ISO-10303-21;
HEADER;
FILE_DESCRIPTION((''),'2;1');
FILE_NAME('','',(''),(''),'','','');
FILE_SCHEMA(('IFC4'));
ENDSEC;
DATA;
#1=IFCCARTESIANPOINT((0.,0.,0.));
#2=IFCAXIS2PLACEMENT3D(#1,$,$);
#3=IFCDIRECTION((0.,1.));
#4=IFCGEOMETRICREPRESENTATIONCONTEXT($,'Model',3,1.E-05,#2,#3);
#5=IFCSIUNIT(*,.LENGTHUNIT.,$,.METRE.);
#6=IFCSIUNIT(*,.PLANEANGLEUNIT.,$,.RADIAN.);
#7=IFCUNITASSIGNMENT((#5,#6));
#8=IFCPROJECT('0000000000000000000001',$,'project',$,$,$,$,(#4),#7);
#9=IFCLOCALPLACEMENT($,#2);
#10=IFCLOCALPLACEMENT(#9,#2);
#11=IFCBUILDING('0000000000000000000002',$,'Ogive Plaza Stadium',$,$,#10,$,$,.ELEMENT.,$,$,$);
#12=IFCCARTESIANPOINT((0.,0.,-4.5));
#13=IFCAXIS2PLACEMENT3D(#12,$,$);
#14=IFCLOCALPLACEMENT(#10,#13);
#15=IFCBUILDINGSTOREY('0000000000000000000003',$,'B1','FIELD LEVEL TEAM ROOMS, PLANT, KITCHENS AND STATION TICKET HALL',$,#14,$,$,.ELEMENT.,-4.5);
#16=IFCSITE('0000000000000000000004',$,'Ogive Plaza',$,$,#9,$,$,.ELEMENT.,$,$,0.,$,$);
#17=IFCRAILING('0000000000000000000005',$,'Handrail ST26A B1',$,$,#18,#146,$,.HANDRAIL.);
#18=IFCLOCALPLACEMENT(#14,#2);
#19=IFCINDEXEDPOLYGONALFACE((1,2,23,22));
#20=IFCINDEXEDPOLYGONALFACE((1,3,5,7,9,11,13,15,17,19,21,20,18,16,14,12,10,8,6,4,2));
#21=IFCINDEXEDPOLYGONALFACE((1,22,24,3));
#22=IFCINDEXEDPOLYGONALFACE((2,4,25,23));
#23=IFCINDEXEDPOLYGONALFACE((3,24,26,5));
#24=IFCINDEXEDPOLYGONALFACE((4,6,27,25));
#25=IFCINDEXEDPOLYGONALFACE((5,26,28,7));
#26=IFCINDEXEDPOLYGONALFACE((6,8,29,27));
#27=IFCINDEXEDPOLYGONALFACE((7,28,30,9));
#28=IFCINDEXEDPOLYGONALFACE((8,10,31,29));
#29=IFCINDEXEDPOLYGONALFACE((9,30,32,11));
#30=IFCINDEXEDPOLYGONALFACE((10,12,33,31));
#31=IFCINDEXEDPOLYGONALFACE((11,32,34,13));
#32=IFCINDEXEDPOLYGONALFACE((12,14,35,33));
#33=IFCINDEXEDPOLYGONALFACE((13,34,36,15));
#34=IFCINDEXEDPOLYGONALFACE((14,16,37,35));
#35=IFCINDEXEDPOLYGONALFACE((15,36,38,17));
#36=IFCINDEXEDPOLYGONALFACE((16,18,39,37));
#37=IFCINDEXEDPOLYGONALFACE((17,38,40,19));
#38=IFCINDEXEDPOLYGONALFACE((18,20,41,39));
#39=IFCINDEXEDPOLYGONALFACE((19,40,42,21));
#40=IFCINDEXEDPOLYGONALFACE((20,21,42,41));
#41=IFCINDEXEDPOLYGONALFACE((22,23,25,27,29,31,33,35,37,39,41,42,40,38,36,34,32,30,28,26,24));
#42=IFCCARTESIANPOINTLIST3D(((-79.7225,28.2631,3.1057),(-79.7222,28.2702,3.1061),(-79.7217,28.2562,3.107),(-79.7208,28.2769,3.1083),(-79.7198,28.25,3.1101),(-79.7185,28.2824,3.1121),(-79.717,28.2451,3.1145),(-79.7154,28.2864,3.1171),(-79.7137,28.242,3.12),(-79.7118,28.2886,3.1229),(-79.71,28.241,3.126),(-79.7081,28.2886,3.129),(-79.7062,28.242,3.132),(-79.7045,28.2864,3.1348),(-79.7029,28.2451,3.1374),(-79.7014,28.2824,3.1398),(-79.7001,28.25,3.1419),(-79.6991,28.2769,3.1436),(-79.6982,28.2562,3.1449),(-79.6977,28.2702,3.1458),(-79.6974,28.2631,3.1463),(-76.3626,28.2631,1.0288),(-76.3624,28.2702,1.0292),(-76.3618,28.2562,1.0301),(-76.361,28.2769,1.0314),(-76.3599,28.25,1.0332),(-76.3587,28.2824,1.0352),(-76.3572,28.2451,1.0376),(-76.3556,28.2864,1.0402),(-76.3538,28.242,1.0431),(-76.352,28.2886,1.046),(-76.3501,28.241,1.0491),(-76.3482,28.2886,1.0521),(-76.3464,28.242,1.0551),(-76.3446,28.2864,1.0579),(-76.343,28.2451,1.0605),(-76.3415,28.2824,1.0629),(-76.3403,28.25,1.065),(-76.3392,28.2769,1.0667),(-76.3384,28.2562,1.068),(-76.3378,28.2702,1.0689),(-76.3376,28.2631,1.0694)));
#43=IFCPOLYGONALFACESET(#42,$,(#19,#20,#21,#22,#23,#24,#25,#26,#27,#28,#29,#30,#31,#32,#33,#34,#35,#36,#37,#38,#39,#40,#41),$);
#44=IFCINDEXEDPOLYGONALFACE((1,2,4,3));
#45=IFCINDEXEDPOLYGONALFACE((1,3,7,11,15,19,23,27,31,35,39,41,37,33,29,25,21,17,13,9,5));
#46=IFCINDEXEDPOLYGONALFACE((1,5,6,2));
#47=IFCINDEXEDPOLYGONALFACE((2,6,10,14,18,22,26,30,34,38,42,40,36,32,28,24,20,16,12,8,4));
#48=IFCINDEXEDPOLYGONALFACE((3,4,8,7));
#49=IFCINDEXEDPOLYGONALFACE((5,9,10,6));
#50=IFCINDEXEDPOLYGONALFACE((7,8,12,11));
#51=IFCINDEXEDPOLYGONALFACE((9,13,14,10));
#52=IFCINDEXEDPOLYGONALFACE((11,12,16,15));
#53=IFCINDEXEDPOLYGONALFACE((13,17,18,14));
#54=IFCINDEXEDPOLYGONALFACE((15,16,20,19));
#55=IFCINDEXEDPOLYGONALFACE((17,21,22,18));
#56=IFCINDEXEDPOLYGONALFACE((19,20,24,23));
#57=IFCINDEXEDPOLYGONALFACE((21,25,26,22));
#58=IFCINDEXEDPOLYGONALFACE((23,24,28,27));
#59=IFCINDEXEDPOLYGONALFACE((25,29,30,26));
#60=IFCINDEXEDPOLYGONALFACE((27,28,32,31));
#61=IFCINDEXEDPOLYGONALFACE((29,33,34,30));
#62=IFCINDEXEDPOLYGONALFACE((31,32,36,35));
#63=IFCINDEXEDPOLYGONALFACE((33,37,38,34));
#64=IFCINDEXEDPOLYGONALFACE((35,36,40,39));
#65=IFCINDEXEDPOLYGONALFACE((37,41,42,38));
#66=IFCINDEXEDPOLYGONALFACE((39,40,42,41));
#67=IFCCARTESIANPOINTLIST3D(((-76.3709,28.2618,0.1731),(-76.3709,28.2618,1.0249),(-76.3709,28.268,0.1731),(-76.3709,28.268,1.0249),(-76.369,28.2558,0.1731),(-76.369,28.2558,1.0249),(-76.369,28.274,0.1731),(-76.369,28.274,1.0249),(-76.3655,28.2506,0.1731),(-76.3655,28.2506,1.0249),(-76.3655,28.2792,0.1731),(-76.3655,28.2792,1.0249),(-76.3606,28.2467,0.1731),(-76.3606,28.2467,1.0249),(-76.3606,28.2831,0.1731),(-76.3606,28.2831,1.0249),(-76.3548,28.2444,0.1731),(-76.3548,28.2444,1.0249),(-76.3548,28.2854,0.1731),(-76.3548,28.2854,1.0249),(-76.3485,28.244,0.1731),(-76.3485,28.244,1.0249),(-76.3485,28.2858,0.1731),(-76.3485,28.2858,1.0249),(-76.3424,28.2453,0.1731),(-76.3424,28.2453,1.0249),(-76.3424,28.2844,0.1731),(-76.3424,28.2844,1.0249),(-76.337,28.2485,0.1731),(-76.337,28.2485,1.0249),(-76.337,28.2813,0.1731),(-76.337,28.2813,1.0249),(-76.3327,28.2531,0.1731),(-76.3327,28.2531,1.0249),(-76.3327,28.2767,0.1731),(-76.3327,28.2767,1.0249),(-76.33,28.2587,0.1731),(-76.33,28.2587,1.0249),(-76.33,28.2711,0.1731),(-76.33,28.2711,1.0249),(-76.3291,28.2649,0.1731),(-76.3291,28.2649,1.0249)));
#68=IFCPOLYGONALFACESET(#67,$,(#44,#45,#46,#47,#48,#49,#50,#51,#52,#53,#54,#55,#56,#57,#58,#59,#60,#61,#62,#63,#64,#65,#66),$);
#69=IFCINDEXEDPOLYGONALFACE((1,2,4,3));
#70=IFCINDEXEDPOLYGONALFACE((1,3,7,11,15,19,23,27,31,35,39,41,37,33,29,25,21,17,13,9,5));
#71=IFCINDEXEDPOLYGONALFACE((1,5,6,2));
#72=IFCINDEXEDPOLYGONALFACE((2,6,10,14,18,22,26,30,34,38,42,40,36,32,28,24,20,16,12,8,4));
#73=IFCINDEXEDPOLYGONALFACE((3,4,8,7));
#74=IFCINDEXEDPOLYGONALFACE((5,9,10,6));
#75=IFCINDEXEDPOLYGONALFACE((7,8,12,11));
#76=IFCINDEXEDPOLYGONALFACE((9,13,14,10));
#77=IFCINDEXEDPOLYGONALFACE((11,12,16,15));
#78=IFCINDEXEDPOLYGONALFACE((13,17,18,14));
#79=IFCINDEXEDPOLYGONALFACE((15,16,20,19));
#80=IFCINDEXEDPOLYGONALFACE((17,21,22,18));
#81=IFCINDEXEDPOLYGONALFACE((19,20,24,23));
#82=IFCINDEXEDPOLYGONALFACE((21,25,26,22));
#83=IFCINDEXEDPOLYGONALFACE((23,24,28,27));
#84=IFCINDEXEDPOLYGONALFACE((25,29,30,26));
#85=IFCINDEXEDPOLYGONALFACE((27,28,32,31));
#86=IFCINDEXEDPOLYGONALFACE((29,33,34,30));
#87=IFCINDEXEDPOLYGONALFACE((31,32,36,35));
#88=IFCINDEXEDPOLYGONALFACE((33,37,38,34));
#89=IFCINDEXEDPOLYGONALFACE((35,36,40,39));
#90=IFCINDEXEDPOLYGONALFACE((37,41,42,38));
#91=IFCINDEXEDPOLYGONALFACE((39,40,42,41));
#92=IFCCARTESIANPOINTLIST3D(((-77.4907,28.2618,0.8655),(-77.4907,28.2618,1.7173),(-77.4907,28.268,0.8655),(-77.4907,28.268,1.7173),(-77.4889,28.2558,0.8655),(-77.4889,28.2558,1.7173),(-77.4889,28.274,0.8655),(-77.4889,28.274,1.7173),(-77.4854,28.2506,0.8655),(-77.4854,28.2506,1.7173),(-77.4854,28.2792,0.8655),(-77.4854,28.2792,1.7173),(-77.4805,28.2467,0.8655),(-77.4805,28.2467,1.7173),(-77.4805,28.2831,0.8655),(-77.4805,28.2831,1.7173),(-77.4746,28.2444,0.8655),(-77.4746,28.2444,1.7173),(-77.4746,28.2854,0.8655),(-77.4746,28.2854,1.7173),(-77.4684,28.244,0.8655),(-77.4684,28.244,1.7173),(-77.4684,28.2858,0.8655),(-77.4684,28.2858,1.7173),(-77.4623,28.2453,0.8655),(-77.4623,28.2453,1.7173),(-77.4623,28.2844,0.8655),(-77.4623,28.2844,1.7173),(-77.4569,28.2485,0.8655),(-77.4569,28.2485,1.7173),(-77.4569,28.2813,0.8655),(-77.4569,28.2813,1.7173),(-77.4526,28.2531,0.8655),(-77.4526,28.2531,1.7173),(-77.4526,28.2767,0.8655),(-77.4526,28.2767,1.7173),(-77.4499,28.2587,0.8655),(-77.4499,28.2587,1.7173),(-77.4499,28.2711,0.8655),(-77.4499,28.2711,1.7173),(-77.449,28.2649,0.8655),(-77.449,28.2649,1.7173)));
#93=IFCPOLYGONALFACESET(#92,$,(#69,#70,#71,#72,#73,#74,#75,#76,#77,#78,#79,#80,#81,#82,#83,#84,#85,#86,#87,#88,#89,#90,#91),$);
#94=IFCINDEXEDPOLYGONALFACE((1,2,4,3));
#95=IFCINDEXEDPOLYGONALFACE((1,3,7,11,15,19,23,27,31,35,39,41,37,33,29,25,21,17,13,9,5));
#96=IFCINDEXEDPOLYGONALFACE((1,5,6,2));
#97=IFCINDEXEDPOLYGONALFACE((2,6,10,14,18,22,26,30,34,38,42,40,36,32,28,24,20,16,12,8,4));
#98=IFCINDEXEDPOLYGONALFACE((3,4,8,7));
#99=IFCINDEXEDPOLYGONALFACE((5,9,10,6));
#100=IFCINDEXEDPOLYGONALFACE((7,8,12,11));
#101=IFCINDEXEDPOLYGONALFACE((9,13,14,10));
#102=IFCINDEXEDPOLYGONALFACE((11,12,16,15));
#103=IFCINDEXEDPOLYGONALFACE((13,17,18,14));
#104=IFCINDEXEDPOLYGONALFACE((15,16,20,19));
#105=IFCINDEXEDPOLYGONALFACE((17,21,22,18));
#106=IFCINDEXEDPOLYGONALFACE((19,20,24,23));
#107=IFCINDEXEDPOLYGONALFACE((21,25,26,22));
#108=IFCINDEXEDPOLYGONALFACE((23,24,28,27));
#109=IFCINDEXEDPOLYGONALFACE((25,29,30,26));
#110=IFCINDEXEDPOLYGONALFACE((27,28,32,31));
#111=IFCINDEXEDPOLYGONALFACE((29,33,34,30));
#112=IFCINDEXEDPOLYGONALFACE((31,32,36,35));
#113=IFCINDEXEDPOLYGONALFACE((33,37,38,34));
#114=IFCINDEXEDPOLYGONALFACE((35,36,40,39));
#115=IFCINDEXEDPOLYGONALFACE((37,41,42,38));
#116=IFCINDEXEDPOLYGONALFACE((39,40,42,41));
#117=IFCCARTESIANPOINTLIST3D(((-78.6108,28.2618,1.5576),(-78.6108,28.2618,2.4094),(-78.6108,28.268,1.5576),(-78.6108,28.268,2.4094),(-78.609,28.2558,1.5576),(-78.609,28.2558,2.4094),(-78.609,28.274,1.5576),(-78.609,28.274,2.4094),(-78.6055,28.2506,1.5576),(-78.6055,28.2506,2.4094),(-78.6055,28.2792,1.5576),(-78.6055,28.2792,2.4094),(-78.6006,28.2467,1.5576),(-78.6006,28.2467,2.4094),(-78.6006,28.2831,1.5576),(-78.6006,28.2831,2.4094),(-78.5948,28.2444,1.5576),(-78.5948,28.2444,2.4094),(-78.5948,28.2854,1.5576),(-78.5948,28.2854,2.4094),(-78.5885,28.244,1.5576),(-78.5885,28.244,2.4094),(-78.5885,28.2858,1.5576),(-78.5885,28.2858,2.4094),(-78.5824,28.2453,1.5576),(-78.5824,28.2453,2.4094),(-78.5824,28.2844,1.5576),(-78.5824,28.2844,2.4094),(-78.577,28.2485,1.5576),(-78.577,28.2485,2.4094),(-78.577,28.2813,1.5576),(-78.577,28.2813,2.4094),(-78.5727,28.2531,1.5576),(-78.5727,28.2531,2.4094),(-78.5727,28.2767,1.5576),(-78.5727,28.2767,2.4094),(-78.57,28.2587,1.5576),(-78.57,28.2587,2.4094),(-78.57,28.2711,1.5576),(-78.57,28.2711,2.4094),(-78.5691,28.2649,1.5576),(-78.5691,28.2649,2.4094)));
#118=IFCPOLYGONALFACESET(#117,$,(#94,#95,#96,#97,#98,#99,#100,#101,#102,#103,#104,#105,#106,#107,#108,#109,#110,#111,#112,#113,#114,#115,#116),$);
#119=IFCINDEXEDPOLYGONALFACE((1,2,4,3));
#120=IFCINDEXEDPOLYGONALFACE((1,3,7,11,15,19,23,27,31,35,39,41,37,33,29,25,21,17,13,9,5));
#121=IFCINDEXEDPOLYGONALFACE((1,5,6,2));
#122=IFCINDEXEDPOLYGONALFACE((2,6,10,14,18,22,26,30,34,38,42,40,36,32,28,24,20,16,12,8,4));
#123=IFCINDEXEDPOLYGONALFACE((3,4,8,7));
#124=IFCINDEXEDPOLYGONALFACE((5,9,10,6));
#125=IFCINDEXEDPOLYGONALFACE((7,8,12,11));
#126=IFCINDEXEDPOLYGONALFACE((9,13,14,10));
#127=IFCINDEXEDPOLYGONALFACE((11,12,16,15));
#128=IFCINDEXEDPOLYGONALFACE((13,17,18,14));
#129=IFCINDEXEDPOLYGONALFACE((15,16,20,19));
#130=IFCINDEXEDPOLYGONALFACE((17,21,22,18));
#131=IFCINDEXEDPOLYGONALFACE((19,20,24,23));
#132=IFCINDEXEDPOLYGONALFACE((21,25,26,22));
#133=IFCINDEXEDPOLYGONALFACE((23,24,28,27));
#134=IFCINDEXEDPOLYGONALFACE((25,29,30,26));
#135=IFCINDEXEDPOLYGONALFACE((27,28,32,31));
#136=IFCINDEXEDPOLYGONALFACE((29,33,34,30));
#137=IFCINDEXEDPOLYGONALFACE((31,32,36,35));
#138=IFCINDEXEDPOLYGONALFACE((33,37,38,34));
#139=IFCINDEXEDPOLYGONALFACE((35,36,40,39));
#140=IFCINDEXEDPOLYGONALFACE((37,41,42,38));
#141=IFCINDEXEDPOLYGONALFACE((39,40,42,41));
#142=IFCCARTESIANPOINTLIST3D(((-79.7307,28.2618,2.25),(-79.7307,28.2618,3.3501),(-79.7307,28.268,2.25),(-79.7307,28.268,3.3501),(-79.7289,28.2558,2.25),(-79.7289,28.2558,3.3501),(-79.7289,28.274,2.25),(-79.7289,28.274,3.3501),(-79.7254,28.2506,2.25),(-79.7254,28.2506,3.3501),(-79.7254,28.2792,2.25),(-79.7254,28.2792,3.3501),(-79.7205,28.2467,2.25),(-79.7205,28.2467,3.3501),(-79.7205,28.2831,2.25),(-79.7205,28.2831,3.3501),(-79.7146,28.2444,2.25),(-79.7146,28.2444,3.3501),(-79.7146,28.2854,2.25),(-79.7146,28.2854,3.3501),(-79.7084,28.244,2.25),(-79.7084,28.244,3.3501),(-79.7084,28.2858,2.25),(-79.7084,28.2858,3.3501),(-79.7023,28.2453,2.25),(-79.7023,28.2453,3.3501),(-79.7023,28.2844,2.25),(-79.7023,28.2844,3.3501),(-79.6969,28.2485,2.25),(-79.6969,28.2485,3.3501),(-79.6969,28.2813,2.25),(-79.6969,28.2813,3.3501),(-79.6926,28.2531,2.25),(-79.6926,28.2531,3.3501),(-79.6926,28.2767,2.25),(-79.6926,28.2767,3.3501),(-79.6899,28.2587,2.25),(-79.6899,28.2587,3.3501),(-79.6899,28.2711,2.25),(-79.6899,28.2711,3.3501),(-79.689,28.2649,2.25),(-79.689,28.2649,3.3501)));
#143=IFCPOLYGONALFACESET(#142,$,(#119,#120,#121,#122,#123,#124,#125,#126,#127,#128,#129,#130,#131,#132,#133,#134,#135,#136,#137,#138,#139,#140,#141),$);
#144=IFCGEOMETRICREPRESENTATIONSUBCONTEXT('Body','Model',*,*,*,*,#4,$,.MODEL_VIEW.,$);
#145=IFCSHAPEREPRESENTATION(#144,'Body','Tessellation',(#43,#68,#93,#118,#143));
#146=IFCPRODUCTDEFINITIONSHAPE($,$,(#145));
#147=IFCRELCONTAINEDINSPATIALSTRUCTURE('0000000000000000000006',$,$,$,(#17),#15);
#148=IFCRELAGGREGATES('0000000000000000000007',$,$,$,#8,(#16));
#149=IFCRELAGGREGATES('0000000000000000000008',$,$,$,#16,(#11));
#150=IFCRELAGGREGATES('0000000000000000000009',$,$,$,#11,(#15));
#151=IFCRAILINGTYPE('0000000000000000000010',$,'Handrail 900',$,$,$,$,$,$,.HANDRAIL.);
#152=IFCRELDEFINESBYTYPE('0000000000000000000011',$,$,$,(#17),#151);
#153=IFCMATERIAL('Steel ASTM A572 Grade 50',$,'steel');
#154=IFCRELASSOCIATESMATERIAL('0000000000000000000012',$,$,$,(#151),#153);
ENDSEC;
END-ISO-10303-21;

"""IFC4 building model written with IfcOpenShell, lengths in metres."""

from ifc_helpers import new_model, si_unit, direction, frame, origin, origin_2d, place, context, subcontext, project, spatial, circle, extrude, material, type_object, element, save


model = new_model("IFC4")

# Units and contexts
model_context = context("Model", 3, precision=1e-05, world=origin(), true_north=direction((0.0, 1.0)))
body_context = subcontext(model_context, "Body", "Model", "MODEL_VIEW")
ifc_project = project(units=[si_unit("LENGTHUNIT", "METRE"), si_unit("PLANEANGLEUNIT", "RADIAN")], contexts=[model_context])

# Site, building, storey
site_placement = place(None, origin())
site = spatial("IfcSite", under=ifc_project, at=site_placement, Name="Ogive Plaza", CompositionType="ELEMENT", RefElevation=0.0)
building_placement = place(site_placement, origin())
building = spatial("IfcBuilding", under=site, at=building_placement, Name="Ogive Plaza Stadium", CompositionType="ELEMENT")
storey_placement = place(building_placement, frame((0.0, 0.0, -4.5)))
storey = spatial("IfcBuildingStorey", under=building, at=storey_placement, Name="B1", Description="FIELD LEVEL TEAM ROOMS, PLANT, KITCHENS AND STATION TICKET HALL", CompositionType="ELEMENT", Elevation=-4.5)

# Railing
ifc_material_1 = material(Name="Steel ASTM A572 Grade 50", Category="steel")
railing_type_1 = type_object("IfcRailingType", Name="Handrail 900", PredefinedType="HANDRAIL", material=ifc_material_1)
for number, where, name in (
    (1, (-76.3501, 28.2649, 0.1731), "Handrail ST26A B1"),
):
    element("IfcRailing", number, at=place(storey_placement, frame(where)), inside=storey, type_object=railing_type_1, Name=name, PredefinedType="HANDRAIL", context=body_context, shape_type="SweptSolid", body=[
        extrude(circle(Radius=0.0239, at=origin_2d()), frame((0.0, 0.0, 0.876), z_axis=(-0.850606, 0.0, 0.525803), x_axis=(0.0, -1.0, 0.0)), (0.0, 0.0, 1.0), 3.95),
        extrude(circle(Radius=0.021, at=origin_2d()), origin(), (0.0, 0.0, 1.0), 0.8518),
        extrude(circle(Radius=0.021, at=origin_2d()), frame((-1.1199, 0.0, 0.6924)), (0.0, 0.0, 1.0), 0.8518),
        extrude(circle(Radius=0.021, at=origin_2d()), frame((-2.24, 0.0, 1.3845)), (0.0, 0.0, 1.0), 0.8518),
        extrude(circle(Radius=0.021, at=origin_2d()), frame((-3.3599, 0.0, 2.0769)), (0.0, 0.0, 1.0), 1.1001),
    ])

save(model, "model.ifc")
